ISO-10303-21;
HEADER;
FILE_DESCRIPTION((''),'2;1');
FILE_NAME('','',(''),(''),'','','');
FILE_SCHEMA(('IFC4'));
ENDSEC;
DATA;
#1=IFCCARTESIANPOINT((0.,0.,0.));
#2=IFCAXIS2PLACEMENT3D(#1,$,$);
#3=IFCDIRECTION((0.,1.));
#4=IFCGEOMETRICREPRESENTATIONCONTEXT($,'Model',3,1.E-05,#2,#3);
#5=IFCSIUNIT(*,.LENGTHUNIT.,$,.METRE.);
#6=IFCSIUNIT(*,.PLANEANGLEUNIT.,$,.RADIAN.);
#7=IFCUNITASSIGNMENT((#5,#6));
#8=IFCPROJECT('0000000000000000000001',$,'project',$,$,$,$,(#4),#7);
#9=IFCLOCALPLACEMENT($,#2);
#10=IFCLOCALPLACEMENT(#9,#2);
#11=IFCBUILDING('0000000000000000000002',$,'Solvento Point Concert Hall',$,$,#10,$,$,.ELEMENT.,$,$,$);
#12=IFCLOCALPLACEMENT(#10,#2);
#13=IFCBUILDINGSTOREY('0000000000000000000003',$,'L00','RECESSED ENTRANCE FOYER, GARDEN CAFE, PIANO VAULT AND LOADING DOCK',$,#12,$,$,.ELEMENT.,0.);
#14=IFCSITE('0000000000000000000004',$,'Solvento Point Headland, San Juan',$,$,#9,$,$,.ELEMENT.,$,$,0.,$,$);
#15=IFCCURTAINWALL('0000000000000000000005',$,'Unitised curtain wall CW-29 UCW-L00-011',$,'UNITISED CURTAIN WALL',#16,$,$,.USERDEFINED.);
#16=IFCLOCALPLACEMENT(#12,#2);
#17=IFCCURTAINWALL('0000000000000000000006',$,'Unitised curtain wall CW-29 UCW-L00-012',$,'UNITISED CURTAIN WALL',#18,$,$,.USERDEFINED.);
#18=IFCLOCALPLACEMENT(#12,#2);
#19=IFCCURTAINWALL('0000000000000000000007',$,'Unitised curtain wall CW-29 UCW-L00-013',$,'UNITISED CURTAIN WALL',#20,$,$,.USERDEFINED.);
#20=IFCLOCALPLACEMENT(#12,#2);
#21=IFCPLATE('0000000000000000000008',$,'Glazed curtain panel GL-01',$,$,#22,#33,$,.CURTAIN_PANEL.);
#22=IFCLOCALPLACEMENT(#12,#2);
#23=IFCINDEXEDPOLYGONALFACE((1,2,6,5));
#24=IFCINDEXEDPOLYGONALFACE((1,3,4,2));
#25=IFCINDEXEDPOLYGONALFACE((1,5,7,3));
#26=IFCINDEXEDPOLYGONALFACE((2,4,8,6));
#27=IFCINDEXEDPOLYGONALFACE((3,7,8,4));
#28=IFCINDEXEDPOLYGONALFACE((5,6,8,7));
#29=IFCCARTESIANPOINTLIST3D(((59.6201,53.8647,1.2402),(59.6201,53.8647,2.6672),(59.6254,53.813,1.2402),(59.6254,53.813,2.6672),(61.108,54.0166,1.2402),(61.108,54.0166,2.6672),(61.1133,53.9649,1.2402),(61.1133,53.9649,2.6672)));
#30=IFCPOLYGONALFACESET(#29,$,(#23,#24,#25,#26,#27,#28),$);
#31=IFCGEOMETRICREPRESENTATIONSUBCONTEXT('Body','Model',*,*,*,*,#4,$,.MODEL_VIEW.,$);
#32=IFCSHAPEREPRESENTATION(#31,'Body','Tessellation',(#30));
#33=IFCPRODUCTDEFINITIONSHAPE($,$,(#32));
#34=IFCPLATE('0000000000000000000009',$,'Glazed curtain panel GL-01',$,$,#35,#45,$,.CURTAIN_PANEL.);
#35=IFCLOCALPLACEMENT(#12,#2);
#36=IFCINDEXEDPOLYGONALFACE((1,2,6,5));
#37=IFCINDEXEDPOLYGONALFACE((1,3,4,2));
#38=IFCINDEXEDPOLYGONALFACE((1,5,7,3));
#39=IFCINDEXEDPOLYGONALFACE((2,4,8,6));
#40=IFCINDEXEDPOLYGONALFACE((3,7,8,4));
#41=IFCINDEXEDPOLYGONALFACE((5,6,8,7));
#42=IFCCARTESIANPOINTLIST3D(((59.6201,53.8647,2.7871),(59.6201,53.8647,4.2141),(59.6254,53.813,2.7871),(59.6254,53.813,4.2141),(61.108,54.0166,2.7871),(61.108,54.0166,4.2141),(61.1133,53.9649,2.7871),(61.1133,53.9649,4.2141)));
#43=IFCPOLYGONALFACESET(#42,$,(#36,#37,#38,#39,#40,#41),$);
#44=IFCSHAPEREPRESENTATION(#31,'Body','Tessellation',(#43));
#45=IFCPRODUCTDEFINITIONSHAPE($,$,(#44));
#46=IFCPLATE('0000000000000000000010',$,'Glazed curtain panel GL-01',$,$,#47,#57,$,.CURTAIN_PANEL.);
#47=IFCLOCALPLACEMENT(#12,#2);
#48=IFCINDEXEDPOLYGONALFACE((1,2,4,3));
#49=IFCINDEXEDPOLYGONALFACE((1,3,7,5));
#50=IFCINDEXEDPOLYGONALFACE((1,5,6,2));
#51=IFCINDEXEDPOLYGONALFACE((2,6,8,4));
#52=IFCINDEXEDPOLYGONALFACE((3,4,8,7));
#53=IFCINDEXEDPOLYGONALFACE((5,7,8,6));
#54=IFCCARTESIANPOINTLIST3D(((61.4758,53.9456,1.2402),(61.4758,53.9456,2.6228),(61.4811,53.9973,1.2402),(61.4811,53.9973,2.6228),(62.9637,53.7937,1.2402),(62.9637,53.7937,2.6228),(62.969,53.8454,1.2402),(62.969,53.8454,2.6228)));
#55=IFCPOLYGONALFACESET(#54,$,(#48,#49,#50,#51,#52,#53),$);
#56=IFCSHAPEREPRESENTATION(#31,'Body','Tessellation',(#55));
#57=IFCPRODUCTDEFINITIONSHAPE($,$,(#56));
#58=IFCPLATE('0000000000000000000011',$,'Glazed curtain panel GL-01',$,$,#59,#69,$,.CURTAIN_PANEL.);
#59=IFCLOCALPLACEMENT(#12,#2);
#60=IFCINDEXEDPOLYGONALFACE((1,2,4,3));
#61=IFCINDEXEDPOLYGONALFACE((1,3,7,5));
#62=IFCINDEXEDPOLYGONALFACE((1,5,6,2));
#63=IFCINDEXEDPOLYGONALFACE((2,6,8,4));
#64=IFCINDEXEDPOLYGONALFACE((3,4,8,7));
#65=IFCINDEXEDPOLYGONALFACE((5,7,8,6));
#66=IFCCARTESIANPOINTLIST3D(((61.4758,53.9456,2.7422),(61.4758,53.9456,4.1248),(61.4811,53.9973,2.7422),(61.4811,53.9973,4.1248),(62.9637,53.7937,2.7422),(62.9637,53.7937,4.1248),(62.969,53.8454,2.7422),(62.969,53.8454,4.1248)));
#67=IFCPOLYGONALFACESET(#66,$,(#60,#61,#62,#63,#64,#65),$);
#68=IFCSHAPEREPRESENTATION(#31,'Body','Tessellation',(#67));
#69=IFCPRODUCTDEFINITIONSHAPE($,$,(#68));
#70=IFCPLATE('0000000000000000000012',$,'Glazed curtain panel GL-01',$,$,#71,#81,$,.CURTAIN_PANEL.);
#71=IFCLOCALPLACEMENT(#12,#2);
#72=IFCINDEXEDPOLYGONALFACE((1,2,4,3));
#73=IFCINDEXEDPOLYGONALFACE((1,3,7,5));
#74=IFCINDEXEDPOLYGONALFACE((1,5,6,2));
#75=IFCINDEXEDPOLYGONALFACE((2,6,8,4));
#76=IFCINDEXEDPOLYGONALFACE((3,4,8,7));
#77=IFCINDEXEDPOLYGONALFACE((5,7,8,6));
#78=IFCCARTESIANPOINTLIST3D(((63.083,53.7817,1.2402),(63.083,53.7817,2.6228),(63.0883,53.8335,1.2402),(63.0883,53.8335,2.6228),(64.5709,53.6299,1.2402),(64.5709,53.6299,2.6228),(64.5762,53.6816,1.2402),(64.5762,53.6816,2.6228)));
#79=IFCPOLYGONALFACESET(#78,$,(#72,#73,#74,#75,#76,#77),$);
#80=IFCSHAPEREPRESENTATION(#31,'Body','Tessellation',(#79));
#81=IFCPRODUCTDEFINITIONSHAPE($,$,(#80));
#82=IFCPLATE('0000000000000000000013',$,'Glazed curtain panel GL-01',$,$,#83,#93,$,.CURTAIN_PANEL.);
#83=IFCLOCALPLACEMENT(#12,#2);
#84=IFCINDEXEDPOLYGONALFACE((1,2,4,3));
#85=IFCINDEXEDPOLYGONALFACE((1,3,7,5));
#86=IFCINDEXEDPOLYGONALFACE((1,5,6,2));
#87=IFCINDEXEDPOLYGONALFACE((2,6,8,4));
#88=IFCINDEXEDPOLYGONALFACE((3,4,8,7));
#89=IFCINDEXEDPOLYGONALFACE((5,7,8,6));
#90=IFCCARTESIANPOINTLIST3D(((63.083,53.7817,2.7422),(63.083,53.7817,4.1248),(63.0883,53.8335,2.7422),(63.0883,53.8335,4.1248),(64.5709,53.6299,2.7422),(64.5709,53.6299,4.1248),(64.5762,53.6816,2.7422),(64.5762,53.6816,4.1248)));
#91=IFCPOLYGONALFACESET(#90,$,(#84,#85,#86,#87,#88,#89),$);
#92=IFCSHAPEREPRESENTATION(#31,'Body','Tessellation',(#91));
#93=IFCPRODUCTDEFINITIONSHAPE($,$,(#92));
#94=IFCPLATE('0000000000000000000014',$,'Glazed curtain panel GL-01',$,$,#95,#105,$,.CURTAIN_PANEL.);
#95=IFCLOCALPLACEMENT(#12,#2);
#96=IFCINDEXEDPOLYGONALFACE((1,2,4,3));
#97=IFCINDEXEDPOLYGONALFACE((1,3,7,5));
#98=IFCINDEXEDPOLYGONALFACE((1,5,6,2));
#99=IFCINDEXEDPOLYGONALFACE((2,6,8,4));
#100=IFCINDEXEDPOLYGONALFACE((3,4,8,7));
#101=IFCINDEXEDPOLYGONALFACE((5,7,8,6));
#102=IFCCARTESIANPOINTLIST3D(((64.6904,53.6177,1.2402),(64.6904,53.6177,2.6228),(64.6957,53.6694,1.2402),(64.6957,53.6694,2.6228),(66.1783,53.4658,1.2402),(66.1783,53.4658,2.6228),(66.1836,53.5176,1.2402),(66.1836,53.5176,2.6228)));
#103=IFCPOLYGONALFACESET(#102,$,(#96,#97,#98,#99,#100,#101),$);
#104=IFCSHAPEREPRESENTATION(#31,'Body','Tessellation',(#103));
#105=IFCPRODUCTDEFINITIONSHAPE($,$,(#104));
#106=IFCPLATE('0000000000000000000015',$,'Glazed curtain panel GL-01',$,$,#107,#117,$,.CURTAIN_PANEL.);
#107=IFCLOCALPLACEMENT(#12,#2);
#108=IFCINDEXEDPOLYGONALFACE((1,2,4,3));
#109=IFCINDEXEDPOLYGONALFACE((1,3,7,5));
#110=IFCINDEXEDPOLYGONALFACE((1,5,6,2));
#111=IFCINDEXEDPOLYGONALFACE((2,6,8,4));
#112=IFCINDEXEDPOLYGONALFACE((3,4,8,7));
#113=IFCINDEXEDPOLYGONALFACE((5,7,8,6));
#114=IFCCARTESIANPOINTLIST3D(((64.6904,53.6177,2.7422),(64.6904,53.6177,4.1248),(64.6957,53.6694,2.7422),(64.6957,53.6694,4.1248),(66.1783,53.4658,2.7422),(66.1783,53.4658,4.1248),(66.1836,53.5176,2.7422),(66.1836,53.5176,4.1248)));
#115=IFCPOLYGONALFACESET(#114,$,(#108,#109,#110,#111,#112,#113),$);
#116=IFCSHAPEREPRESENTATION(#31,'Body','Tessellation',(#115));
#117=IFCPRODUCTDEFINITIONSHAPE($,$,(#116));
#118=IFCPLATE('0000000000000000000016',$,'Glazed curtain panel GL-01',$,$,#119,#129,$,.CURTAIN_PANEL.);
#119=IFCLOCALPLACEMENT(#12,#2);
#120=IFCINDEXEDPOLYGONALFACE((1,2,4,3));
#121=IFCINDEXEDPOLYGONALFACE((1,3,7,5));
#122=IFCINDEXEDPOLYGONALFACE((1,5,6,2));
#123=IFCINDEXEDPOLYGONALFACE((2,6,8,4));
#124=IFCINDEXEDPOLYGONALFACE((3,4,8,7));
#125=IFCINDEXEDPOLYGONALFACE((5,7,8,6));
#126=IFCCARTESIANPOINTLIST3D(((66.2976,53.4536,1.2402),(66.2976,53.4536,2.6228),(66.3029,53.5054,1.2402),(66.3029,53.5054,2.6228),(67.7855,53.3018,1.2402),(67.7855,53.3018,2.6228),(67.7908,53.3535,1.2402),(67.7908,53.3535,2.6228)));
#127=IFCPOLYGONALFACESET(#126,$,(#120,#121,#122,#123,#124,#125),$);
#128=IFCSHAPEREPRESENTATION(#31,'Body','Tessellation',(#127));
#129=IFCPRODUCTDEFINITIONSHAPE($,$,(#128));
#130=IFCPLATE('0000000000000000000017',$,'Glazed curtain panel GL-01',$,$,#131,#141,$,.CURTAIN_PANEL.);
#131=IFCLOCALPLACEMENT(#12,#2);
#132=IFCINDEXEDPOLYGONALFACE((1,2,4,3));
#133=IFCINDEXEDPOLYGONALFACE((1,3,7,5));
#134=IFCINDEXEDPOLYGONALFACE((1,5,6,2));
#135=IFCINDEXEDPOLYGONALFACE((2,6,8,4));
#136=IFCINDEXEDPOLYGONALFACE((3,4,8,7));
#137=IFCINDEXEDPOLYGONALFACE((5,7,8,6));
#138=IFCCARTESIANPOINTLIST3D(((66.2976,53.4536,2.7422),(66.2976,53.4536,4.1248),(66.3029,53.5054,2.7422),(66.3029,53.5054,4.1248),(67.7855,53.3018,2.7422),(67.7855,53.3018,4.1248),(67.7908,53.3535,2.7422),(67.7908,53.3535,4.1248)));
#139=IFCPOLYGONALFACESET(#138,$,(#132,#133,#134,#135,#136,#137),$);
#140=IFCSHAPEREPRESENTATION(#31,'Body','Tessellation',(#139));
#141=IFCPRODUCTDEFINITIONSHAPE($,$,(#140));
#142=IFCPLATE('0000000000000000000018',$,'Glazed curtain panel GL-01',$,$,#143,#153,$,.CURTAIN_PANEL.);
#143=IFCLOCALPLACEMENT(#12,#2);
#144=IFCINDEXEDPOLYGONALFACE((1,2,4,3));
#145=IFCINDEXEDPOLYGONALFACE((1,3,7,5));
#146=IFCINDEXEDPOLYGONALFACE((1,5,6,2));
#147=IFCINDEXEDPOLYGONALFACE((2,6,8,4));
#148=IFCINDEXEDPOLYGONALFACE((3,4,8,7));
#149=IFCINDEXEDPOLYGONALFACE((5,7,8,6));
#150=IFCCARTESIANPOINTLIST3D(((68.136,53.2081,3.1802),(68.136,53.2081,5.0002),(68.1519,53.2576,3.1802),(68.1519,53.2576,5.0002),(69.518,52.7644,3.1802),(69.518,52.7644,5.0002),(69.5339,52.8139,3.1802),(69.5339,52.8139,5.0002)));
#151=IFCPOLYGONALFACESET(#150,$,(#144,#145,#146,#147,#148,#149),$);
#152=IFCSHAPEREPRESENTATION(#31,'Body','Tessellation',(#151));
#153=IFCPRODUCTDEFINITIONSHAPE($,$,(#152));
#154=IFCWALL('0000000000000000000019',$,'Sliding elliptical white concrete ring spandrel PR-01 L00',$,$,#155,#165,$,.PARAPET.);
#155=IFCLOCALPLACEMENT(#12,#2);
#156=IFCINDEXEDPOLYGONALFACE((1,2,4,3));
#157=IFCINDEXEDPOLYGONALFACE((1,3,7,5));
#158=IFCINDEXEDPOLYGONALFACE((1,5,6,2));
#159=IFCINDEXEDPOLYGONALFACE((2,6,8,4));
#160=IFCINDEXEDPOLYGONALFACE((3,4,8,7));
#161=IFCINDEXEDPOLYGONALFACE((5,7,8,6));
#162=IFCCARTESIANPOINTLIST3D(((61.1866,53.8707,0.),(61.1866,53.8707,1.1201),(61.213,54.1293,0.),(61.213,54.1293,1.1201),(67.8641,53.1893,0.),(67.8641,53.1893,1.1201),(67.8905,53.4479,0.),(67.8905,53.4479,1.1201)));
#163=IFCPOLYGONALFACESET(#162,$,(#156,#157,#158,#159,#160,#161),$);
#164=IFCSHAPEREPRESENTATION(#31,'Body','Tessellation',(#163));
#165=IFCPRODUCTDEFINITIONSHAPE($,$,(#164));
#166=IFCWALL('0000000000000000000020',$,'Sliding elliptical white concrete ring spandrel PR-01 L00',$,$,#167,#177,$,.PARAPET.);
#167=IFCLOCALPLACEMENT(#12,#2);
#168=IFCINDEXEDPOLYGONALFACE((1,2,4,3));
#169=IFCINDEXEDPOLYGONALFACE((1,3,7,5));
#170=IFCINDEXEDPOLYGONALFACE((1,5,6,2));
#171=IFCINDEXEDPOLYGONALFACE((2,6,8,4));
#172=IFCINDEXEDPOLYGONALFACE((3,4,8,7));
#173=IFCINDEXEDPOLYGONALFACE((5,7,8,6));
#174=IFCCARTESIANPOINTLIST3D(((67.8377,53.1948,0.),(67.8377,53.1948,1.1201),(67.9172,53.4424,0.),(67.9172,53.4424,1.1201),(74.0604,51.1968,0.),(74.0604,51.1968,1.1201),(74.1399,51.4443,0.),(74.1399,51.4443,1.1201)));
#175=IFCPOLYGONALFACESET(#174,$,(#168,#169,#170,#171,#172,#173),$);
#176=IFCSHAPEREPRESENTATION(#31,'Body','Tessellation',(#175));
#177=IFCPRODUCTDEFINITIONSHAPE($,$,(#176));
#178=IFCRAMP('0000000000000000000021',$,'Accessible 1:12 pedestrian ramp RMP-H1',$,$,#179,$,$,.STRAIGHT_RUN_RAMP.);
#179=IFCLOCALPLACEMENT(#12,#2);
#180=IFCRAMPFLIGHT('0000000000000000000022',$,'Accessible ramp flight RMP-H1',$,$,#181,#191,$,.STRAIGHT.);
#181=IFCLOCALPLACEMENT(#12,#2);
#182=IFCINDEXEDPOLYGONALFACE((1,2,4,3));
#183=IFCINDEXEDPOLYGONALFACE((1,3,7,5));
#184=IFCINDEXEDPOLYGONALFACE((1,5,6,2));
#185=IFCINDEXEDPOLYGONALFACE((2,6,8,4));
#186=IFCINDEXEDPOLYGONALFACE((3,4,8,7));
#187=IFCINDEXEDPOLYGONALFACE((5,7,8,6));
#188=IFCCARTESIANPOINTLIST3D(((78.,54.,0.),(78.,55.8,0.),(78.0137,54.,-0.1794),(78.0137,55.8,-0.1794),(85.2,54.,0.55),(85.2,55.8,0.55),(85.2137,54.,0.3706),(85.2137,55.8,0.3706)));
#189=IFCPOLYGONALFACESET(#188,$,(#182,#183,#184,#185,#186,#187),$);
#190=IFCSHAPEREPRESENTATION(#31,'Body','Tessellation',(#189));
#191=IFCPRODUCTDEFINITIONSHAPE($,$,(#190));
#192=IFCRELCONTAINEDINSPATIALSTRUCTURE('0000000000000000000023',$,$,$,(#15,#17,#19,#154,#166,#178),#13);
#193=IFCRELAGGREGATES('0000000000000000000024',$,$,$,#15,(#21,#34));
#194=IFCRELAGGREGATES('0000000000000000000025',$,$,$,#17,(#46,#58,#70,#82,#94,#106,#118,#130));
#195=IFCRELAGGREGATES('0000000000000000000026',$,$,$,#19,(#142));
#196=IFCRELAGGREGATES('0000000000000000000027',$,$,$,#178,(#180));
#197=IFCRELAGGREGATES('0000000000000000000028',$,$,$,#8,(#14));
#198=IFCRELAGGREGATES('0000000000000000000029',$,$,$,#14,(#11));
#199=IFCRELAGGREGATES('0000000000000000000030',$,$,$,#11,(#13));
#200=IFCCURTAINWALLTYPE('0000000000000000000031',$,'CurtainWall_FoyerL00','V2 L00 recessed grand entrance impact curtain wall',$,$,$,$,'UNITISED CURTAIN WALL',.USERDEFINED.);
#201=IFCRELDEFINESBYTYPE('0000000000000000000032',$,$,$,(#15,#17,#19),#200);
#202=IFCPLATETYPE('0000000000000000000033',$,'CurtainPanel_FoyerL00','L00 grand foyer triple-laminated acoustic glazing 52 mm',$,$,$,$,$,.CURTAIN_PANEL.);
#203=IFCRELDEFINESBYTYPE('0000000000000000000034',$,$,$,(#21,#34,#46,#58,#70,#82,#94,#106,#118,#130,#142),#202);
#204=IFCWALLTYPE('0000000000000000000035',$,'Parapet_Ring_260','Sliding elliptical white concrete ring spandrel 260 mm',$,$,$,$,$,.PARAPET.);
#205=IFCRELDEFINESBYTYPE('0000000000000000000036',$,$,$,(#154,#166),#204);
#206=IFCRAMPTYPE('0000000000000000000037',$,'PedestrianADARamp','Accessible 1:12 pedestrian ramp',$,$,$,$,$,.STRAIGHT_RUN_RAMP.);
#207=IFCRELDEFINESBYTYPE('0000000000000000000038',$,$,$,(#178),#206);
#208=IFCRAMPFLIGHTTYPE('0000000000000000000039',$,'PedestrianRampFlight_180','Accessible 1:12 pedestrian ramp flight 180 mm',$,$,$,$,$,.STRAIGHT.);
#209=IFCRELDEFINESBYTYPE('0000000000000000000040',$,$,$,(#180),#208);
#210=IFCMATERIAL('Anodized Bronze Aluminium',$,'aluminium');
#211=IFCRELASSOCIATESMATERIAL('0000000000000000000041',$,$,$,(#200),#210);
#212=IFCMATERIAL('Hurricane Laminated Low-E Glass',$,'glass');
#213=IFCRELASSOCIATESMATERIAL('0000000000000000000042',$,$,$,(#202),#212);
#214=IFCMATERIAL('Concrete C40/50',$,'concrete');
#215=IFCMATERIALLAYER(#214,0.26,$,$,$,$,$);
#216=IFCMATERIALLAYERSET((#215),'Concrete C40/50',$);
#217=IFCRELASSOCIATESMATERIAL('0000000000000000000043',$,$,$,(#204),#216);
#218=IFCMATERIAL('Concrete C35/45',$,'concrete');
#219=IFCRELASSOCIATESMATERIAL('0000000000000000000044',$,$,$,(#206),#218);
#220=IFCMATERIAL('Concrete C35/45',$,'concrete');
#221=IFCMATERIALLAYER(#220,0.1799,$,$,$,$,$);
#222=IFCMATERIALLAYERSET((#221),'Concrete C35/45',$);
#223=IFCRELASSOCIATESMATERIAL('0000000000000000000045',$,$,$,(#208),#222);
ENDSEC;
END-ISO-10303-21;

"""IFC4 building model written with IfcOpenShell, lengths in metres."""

from ifc_helpers import new_model, si_unit, direction, frame, frame_2d, origin, origin_2d, place, context, subcontext, project, spatial, polyline, rectangle, outline, extrude, material, layer, layer_set, type_object, element, aggregate, save


model = new_model("IFC4")

# Units and contexts
model_context = context("Model", 3, precision=1e-05, world=origin(), true_north=direction((0.0, 1.0)))
body_context = subcontext(model_context, "Body", "Model", "MODEL_VIEW")
ifc_project = project(units=[si_unit("LENGTHUNIT", "METRE"), si_unit("PLANEANGLEUNIT", "RADIAN")], contexts=[model_context])

# Site, building, storey
site_placement = place(None, origin())
site = spatial("IfcSite", under=ifc_project, at=site_placement, Name="Solvento Point Headland, San Juan", CompositionType="ELEMENT", RefElevation=0.0)
building_placement = place(site_placement, origin())
building = spatial("IfcBuilding", under=site, at=building_placement, Name="Solvento Point Concert Hall", CompositionType="ELEMENT")
storey_placement = place(building_placement, origin())
storey = spatial("IfcBuildingStorey", under=building, at=storey_placement, Name="L00", Description="RECESSED ENTRANCE FOYER, GARDEN CAFE, PIANO VAULT AND LOADING DOCK", CompositionType="ELEMENT", Elevation=0.0)

# Curtain walls
ifc_material_1 = material(Name="Anodized Bronze Aluminium", Category="aluminium")
curtain_wall_type = type_object("IfcCurtainWallType", Name="CurtainWall_FoyerL00", Description="V2 L00 recessed grand entrance impact curtain wall", ElementType="UNITISED CURTAIN WALL", PredefinedType="USERDEFINED", material=ifc_material_1)
curtain_wall_1_placement = place(storey_placement, origin())
curtain_wall_1 = element("IfcCurtainWall", 1, at=curtain_wall_1_placement, inside=storey, type_object=curtain_wall_type, Name="Unitised curtain wall CW-29 UCW-L00-011", ObjectType="UNITISED CURTAIN WALL", PredefinedType="USERDEFINED")
curtain_wall_2_placement = place(storey_placement, origin())
curtain_wall_2 = element("IfcCurtainWall", 2, at=curtain_wall_2_placement, inside=storey, type_object=curtain_wall_type, Name="Unitised curtain wall CW-29 UCW-L00-012", ObjectType="UNITISED CURTAIN WALL", PredefinedType="USERDEFINED")

# Curtain wall
curtain_wall_3_placement = place(storey_placement, origin())
curtain_wall_3 = element("IfcCurtainWall", 3, at=curtain_wall_3_placement, inside=storey, type_object=curtain_wall_type, Name="Unitised curtain wall CW-29 UCW-L00-013", ObjectType="UNITISED CURTAIN WALL", PredefinedType="USERDEFINED")

# Plates
ifc_material_2 = material(Name="Hurricane Laminated Low-E Glass", Category="glass")
plate_type = type_object("IfcPlateType", Name="CurtainPanel_FoyerL00", Description="L00 grand foyer triple-laminated acoustic glazing 52 mm", PredefinedType="CURTAIN_PANEL", material=ifc_material_2)
plate_1_placement = place(storey_placement, frame((60.3667, 53.9148, 1.2402), z_axis=(0.0, 0.0, 1.0), x_axis=(0.994832, 0.101532, 0.0)))
plate_1 = element("IfcPlate", 4, at=plate_1_placement, type_object=plate_type, Name="Glazed curtain panel GL-01", PredefinedType="CURTAIN_PANEL", context=body_context, shape_type="SweptSolid", body=[
    extrude(rectangle(XDim=1.4956, YDim=0.052, at=origin_2d()), origin(), (0.0, 0.0, 1.0), 1.427),
])
plate_2_placement = place(storey_placement, frame((60.3667, 53.9148, 2.7871), z_axis=(0.0, 0.0, 1.0), x_axis=(0.994832, 0.101532, 0.0)))
plate_2 = element("IfcPlate", 5, at=plate_2_placement, type_object=plate_type, Name="Glazed curtain panel GL-01", PredefinedType="CURTAIN_PANEL", context=body_context, shape_type="SweptSolid", body=[
    extrude(rectangle(XDim=1.4956, YDim=0.052, at=origin_2d()), origin(), (0.0, 0.0, 1.0), 1.427),
])
aggregate(curtain_wall_1, [plate_1, plate_2])
plate_3_placement = place(storey_placement, frame((62.2224, 53.8955, 1.2402), z_axis=(0.0, 0.0, 1.0), x_axis=(0.994832, -0.101532, 0.0)))
plate_3 = element("IfcPlate", 6, at=plate_3_placement, type_object=plate_type, Name="Glazed curtain panel GL-01", PredefinedType="CURTAIN_PANEL", context=body_context, shape_type="SweptSolid", body=[
    extrude(rectangle(XDim=1.4956, YDim=0.052, at=origin_2d()), origin(), (0.0, 0.0, 1.0), 1.3826),
])
plate_4_placement = place(storey_placement, frame((62.2224, 53.8955, 2.7422), z_axis=(0.0, 0.0, 1.0), x_axis=(0.994832, -0.101532, 0.0)))
plate_4 = element("IfcPlate", 7, at=plate_4_placement, type_object=plate_type, Name="Glazed curtain panel GL-01", PredefinedType="CURTAIN_PANEL", context=body_context, shape_type="SweptSolid", body=[
    extrude(rectangle(XDim=1.4956, YDim=0.052, at=origin_2d()), origin(), (0.0, 0.0, 1.0), 1.3826),
])
plate_5_placement = place(storey_placement, frame((63.8296, 53.7317, 1.2402), z_axis=(0.0, 0.0, 1.0), x_axis=(0.994832, -0.101532, 0.0)))
plate_5 = element("IfcPlate", 8, at=plate_5_placement, type_object=plate_type, Name="Glazed curtain panel GL-01", PredefinedType="CURTAIN_PANEL", context=body_context, shape_type="SweptSolid", body=[
    extrude(rectangle(XDim=1.4956, YDim=0.052, at=origin_2d()), origin(), (0.0, 0.0, 1.0), 1.3826),
])
plate_6_placement = place(storey_placement, frame((63.8296, 53.7317, 2.7422), z_axis=(0.0, 0.0, 1.0), x_axis=(0.994832, -0.101532, 0.0)))
plate_6 = element("IfcPlate", 9, at=plate_6_placement, type_object=plate_type, Name="Glazed curtain panel GL-01", PredefinedType="CURTAIN_PANEL", context=body_context, shape_type="SweptSolid", body=[
    extrude(rectangle(XDim=1.4956, YDim=0.052, at=origin_2d()), origin(), (0.0, 0.0, 1.0), 1.3826),
])
plate_7_placement = place(storey_placement, frame((65.437, 53.5676, 1.2402), z_axis=(0.0, 0.0, 1.0), x_axis=(0.994832, -0.101532, 0.0)))
plate_7 = element("IfcPlate", 10, at=plate_7_placement, type_object=plate_type, Name="Glazed curtain panel GL-01", PredefinedType="CURTAIN_PANEL", context=body_context, shape_type="SweptSolid", body=[
    extrude(rectangle(XDim=1.4956, YDim=0.052, at=origin_2d()), origin(), (0.0, 0.0, 1.0), 1.3826),
])
plate_8_placement = place(storey_placement, frame((65.437, 53.5676, 2.7422), z_axis=(0.0, 0.0, 1.0), x_axis=(0.994832, -0.101532, 0.0)))
plate_8 = element("IfcPlate", 11, at=plate_8_placement, type_object=plate_type, Name="Glazed curtain panel GL-01", PredefinedType="CURTAIN_PANEL", context=body_context, shape_type="SweptSolid", body=[
    extrude(rectangle(XDim=1.4956, YDim=0.052, at=origin_2d()), origin(), (0.0, 0.0, 1.0), 1.3826),
])
plate_9_placement = place(storey_placement, frame((67.0442, 53.4036, 1.2402), z_axis=(0.0, 0.0, 1.0), x_axis=(0.994832, -0.101532, 0.0)))
plate_9 = element("IfcPlate", 12, at=plate_9_placement, type_object=plate_type, Name="Glazed curtain panel GL-01", PredefinedType="CURTAIN_PANEL", context=body_context, shape_type="SweptSolid", body=[
    extrude(rectangle(XDim=1.4956, YDim=0.052, at=origin_2d()), origin(), (0.0, 0.0, 1.0), 1.3826),
])
plate_10_placement = place(storey_placement, frame((67.0442, 53.4036, 2.7422), z_axis=(0.0, 0.0, 1.0), x_axis=(0.994832, -0.101532, 0.0)))
plate_10 = element("IfcPlate", 13, at=plate_10_placement, type_object=plate_type, Name="Glazed curtain panel GL-01", PredefinedType="CURTAIN_PANEL", context=body_context, shape_type="SweptSolid", body=[
    extrude(rectangle(XDim=1.4956, YDim=0.052, at=origin_2d()), origin(), (0.0, 0.0, 1.0), 1.3826),
])
aggregate(curtain_wall_2, [plate_3, plate_4, plate_5, plate_6, plate_7, plate_8, plate_9, plate_10])
plate_11_placement = place(storey_placement, frame((68.835, 53.011, 3.1802), z_axis=(0.0, 0.0, 1.0), x_axis=(0.952121, -0.30572, 0.0)))
plate_11 = element("IfcPlate", 14, at=plate_11_placement, type_object=plate_type, Name="Glazed curtain panel GL-01", PredefinedType="CURTAIN_PANEL", context=body_context, shape_type="SweptSolid", body=[
    extrude(rectangle(XDim=1.4514, YDim=0.052, at=origin_2d()), origin(), (0.0, 0.0, 1.0), 1.8201),
])
aggregate(curtain_wall_3, [plate_11])

# Walls
ifc_material_3 = material(Name="Concrete C40/50", Category="concrete")
ifc_layer_1 = layer(ifc_material_3, 0.26)
ifc_layer_set_1 = layer_set([ifc_layer_1], Name="Concrete C40/50")
wall_type = type_object("IfcWallType", Name="Parapet_Ring_260", Description="Sliding elliptical white concrete ring spandrel 260 mm", PredefinedType="PARAPET", material=ifc_layer_set_1)
wall_1_placement = place(storey_placement, frame((61.2, 54.0, 0.0), z_axis=(0.0, 0.0, 1.0), x_axis=(0.994834, -0.101517, 0.0)))
element("IfcWall", 15, at=wall_1_placement, inside=storey, type_object=wall_type, Name="Sliding elliptical white concrete ring spandrel PR-01 L00", PredefinedType="PARAPET", context=body_context, shape_type="SweptSolid", body=[
    extrude(rectangle(XDim=6.7122, YDim=0.26, at=frame_2d((3.356, 0.0))), origin(), (0.0, 0.0, 1.0), 1.1201),
])
wall_2_placement = place(storey_placement, frame((67.8774, 53.3186, 0.0), z_axis=(0.0, 0.0, 1.0), x_axis=(0.952122, -0.305719, 0.0)))
element("IfcWall", 16, at=wall_2_placement, inside=storey, type_object=wall_type, Name="Sliding elliptical white concrete ring spandrel PR-01 L00", PredefinedType="PARAPET", context=body_context, shape_type="SweptSolid", body=[
    extrude(rectangle(XDim=6.5356, YDim=0.26, at=frame_2d((3.2678, 0.0))), origin(), (0.0, 0.0, 1.0), 1.1201),
])

# Ramp, ramp flight
ifc_material_4 = material(Name="Concrete C35/45", Category="concrete")
ramp_type = type_object("IfcRampType", Name="PedestrianADARamp", Description="Accessible 1:12 pedestrian ramp", PredefinedType="STRAIGHT_RUN_RAMP", material=ifc_material_4)
ramp_placement = place(storey_placement, origin())
ramp = element("IfcRamp", 17, at=ramp_placement, inside=storey, type_object=ramp_type, Name="Accessible 1:12 pedestrian ramp RMP-H1", PredefinedType="STRAIGHT_RUN_RAMP")
ifc_material_5 = material(Name="Concrete C35/45", Category="concrete")
ifc_layer_2 = layer(ifc_material_5, 0.1799)
ifc_layer_set_2 = layer_set([ifc_layer_2], Name="Concrete C35/45")
ramp_flight_type = type_object("IfcRampFlightType", Name="PedestrianRampFlight_180", Description="Accessible 1:12 pedestrian ramp flight 180 mm", PredefinedType="STRAIGHT", material=ifc_layer_set_2)
ramp_flight_placement = place(storey_placement, frame((78.0, 54.0, 0.0), z_axis=(-0.076174, 0.0, 0.997095), x_axis=(0.997095, 0.0, 0.076174)))
ramp_flight = element("IfcRampFlight", 18, at=ramp_flight_placement, type_object=ramp_flight_type, Name="Accessible ramp flight RMP-H1", PredefinedType="STRAIGHT", context=body_context, shape_type="SweptSolid", body=[
    extrude(outline(polyline([(0.0, 0.0), (7.2209, 0.0), (7.2209, 1.8), (0.0, 1.8), (0.0, 0.0)])), origin(), (0.0, 0.0, -1.0), 0.1799),
])
aggregate(ramp, [ramp_flight])

save(model, "model.ifc")
